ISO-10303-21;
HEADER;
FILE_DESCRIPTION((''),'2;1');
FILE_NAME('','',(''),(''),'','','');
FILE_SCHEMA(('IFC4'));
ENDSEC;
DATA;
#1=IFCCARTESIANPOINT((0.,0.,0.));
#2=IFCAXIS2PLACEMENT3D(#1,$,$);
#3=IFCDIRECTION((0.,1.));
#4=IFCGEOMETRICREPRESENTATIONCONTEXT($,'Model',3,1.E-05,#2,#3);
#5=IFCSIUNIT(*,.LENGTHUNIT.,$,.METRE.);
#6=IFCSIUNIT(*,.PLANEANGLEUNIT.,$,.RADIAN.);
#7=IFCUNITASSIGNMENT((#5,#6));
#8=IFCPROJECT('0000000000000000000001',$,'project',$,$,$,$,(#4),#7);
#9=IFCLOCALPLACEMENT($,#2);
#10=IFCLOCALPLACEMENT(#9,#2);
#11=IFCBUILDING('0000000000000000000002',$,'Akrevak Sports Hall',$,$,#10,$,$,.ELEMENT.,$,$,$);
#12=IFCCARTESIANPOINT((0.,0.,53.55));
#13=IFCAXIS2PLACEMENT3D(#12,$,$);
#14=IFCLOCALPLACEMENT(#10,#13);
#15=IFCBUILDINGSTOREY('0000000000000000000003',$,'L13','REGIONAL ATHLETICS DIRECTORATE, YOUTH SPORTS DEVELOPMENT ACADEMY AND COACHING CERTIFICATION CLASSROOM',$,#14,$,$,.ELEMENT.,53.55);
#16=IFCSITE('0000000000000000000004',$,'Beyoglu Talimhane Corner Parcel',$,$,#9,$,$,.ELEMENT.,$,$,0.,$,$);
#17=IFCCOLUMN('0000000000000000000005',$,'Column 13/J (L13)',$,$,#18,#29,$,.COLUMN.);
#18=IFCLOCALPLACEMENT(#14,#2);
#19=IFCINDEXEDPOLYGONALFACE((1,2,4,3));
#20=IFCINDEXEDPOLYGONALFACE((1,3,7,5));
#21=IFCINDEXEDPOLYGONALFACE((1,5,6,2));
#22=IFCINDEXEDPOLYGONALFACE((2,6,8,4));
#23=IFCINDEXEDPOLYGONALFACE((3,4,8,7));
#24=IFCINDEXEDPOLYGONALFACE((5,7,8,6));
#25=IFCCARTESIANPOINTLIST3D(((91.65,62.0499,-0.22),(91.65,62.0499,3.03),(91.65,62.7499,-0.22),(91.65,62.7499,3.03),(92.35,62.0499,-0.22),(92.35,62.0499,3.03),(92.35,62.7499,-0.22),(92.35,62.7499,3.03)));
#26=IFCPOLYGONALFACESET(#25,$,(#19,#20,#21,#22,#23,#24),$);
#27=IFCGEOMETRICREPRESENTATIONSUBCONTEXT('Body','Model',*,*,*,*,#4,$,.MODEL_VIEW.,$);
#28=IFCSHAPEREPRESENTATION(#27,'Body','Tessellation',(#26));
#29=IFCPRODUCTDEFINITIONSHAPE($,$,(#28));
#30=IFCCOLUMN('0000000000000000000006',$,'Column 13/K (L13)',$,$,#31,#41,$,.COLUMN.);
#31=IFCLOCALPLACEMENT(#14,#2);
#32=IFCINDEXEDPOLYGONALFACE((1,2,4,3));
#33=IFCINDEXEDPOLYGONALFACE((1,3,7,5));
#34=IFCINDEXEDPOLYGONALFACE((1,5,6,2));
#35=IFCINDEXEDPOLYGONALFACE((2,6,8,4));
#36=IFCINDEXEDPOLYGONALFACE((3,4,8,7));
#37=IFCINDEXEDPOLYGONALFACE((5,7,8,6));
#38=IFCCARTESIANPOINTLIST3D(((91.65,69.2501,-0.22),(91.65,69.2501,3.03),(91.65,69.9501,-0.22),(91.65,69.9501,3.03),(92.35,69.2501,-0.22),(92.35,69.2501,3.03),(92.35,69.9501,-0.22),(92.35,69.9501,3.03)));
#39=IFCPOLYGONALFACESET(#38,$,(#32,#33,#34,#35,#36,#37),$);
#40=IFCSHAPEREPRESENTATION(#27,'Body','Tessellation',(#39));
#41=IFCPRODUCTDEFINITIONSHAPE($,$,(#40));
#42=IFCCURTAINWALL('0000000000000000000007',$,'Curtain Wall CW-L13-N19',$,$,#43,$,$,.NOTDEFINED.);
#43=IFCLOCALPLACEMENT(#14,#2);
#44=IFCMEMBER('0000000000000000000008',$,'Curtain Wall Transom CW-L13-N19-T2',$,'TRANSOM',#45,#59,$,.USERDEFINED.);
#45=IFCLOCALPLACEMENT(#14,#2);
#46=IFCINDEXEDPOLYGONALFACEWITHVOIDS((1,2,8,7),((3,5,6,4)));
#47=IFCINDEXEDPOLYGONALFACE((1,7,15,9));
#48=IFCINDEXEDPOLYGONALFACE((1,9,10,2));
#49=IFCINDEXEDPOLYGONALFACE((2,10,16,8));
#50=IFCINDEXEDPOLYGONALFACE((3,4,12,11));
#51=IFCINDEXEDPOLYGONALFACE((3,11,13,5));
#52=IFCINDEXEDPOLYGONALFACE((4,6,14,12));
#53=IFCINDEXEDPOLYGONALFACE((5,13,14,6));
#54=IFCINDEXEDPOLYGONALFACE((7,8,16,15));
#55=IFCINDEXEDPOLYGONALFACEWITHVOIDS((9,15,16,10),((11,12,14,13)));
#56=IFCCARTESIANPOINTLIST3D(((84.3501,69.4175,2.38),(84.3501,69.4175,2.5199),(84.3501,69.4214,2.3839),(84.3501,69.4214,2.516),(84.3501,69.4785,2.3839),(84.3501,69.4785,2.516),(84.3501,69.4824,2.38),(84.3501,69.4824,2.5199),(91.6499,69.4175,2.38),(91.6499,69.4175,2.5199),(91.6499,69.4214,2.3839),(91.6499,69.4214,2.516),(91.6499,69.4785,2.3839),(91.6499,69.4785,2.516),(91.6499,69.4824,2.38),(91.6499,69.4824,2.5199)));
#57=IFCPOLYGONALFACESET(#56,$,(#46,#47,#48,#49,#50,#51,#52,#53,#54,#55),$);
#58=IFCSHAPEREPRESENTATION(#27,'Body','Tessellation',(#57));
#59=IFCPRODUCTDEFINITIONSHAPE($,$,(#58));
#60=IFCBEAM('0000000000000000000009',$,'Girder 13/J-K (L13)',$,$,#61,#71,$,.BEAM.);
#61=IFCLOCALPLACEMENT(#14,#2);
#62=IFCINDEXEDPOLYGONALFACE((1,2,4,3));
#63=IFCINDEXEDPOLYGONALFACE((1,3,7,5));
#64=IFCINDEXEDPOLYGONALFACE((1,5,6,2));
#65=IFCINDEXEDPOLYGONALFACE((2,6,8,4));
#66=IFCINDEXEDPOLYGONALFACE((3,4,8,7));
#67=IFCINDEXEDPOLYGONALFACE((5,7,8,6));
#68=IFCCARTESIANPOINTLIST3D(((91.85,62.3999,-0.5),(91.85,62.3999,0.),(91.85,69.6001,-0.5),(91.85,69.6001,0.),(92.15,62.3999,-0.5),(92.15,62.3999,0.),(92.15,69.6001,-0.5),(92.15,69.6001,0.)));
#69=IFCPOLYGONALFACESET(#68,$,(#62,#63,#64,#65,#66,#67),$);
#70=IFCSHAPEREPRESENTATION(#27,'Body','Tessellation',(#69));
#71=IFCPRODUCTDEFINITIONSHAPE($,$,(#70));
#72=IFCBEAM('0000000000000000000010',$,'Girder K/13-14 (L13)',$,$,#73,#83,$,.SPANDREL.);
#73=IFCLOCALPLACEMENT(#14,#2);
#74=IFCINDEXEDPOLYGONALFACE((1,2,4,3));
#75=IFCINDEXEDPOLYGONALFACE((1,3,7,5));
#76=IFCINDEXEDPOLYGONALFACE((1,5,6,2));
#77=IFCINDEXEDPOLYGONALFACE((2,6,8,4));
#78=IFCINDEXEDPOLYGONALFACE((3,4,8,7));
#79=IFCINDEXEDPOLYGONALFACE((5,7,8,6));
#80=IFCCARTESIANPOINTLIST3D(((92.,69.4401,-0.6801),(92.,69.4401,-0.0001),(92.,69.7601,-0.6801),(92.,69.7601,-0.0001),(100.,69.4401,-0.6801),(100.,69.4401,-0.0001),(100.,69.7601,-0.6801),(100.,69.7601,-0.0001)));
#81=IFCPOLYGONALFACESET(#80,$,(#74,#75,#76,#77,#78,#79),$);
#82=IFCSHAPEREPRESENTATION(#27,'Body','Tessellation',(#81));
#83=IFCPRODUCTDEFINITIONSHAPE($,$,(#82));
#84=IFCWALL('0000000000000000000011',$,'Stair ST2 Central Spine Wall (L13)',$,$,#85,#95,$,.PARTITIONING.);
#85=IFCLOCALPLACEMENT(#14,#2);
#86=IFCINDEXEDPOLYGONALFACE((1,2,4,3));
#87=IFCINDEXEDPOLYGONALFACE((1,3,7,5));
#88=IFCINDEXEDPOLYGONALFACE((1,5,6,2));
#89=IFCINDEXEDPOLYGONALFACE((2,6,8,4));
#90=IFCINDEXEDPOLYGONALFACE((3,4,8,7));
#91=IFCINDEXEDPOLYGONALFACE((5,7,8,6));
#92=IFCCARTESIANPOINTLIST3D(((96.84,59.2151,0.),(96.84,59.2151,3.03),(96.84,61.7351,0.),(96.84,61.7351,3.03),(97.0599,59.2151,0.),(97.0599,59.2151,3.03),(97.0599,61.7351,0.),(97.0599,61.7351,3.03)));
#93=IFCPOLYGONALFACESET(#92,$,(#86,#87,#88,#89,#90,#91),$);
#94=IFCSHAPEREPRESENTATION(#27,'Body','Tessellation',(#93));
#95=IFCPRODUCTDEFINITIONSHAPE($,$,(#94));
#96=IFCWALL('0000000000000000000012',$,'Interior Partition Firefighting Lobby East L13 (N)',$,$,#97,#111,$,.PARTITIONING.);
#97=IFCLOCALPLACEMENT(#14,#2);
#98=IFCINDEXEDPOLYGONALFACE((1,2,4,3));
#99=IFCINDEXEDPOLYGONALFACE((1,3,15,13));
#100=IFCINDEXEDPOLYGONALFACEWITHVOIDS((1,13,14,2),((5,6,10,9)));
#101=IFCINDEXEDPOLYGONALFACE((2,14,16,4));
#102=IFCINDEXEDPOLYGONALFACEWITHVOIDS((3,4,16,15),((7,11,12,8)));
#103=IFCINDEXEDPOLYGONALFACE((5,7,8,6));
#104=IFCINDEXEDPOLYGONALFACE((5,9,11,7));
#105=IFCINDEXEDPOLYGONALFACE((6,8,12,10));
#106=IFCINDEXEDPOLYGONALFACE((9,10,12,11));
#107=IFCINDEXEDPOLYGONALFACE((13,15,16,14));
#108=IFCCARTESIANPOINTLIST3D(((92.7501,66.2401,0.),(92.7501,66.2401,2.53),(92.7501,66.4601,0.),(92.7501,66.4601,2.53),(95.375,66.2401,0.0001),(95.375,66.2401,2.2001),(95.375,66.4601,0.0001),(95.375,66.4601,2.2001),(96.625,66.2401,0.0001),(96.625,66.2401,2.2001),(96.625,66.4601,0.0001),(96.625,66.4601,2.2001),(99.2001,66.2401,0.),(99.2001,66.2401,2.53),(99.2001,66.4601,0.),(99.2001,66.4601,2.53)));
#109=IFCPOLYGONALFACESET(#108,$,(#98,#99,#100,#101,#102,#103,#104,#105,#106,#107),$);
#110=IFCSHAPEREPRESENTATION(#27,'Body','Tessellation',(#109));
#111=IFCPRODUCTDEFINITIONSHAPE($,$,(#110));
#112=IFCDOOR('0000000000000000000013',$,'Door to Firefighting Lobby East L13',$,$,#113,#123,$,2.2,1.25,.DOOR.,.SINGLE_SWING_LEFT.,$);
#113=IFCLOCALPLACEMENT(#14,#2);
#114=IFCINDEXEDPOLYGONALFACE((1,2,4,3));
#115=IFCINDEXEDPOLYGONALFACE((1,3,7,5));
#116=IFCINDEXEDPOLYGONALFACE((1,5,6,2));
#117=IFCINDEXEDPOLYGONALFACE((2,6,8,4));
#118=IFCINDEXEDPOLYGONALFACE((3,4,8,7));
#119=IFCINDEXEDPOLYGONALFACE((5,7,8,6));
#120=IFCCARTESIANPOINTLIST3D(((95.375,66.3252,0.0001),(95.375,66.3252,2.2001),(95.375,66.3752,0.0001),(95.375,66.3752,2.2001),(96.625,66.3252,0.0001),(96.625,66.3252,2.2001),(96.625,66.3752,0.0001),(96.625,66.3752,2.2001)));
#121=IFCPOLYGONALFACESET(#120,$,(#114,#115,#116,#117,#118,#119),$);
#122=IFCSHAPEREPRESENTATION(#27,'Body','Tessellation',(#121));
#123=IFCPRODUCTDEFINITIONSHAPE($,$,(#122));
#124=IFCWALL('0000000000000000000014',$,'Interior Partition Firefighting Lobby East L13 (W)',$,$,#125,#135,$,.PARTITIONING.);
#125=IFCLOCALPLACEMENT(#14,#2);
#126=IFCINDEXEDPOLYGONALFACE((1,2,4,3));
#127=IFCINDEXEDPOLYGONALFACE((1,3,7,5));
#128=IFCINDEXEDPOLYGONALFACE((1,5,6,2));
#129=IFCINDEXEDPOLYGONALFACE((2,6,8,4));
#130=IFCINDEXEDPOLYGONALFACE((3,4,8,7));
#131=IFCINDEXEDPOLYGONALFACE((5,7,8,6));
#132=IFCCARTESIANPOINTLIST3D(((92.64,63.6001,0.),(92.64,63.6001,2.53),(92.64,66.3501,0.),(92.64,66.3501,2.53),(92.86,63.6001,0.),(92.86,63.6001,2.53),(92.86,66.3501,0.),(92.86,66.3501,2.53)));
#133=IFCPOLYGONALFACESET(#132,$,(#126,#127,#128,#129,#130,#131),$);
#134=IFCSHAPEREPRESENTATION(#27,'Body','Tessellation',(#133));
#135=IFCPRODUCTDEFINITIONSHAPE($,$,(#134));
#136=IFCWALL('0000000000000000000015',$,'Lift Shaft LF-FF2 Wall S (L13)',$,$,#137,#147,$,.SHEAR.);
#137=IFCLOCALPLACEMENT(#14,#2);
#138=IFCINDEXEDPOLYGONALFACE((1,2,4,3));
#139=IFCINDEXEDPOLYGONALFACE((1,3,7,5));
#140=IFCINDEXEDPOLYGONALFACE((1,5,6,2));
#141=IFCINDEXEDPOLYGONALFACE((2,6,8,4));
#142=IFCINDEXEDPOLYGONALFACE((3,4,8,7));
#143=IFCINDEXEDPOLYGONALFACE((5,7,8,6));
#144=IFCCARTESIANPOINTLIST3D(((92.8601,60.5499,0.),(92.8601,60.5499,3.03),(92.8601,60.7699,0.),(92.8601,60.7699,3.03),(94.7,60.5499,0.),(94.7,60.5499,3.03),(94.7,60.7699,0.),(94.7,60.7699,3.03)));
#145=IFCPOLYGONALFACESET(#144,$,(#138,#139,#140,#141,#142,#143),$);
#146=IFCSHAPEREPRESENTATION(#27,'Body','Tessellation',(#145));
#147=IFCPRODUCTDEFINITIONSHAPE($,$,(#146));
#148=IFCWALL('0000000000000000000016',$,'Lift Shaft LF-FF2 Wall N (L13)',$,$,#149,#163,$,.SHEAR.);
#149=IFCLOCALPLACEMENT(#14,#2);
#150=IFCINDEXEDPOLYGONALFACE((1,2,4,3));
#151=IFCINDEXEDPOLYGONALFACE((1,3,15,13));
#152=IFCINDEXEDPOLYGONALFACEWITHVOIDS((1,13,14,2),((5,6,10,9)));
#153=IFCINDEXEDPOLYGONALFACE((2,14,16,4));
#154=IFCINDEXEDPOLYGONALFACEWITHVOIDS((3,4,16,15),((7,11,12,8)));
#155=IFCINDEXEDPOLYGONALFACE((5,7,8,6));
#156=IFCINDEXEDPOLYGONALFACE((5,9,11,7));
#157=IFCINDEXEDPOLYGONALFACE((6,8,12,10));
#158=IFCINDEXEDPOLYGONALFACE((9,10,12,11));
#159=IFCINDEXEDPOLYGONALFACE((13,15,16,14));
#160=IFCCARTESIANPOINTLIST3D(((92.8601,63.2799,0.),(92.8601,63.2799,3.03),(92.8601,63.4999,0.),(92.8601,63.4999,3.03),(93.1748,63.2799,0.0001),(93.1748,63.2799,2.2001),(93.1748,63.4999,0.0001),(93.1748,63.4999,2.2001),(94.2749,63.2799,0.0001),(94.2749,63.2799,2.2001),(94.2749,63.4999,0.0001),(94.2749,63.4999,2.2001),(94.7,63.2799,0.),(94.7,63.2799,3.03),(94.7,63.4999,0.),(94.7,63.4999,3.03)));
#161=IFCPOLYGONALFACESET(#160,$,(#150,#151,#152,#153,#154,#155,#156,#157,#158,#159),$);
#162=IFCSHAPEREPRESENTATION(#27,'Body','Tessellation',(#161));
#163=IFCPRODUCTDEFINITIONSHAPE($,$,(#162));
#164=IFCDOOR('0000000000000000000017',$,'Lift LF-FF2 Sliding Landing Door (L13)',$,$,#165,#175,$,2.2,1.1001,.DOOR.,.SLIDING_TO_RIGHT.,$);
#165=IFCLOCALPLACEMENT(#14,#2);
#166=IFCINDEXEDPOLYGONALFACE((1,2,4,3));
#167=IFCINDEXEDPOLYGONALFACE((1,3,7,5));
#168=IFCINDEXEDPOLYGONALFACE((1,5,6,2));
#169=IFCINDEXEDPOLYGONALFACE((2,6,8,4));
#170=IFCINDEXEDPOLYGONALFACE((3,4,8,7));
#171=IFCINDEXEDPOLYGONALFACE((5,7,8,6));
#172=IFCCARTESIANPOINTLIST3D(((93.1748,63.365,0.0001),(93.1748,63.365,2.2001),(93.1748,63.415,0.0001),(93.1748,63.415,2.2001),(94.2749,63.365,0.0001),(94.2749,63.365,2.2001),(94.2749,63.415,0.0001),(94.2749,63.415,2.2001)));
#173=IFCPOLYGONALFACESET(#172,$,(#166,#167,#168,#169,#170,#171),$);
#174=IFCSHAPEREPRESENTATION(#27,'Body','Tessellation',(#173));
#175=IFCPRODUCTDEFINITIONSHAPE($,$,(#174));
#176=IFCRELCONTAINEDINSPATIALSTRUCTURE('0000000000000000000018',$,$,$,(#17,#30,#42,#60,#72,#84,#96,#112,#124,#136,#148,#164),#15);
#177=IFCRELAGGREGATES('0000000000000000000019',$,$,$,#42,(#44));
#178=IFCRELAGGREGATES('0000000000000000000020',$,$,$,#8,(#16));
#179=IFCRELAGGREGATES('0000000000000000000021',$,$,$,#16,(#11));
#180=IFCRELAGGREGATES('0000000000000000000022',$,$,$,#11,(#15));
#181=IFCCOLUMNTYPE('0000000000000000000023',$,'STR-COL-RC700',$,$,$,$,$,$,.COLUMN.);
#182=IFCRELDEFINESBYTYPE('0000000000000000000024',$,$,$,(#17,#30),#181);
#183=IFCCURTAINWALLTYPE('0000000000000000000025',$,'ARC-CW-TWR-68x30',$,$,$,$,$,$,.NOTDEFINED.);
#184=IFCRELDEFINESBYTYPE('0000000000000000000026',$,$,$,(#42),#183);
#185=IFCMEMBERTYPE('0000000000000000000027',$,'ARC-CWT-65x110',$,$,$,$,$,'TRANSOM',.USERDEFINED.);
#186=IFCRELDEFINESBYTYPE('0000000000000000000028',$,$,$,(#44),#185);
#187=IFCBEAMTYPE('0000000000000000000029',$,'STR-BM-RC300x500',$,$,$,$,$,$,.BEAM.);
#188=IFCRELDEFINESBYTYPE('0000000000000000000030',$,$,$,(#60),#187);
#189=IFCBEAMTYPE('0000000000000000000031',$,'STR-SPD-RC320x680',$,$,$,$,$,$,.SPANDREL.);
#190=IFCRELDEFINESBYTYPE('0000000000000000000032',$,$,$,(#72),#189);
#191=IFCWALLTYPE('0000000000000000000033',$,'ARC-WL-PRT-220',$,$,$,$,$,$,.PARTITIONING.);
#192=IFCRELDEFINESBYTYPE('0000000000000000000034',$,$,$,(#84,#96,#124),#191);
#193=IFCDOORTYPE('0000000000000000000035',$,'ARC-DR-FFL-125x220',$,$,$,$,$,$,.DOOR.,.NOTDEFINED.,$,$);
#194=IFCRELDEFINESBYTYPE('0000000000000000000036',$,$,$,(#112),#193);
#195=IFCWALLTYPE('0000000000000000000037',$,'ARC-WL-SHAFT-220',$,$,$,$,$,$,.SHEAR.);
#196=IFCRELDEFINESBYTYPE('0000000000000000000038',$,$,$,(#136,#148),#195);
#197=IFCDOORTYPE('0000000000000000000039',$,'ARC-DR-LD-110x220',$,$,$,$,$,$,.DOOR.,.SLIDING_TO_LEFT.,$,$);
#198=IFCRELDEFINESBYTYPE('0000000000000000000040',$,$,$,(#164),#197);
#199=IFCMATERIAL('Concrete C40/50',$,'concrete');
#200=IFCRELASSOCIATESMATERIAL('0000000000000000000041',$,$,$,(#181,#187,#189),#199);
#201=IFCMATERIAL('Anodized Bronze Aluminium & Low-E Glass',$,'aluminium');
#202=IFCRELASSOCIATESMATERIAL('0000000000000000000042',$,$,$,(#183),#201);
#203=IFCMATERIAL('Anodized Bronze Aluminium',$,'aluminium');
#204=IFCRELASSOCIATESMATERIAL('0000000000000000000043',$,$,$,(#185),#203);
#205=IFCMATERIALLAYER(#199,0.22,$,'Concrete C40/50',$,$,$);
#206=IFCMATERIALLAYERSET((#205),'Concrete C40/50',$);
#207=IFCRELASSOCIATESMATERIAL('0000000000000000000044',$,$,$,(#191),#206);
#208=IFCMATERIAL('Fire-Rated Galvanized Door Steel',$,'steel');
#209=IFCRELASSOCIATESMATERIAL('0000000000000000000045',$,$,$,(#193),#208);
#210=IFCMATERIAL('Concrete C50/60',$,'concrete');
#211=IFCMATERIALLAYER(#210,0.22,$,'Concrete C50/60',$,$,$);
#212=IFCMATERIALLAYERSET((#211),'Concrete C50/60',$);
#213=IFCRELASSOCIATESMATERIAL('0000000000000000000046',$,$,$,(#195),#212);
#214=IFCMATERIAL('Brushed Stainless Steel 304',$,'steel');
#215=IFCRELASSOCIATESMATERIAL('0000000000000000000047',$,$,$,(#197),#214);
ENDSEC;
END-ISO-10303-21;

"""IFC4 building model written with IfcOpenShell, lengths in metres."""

from ifc_helpers import new_model, si_unit, direction, frame, frame_2d, origin, origin_2d, place, context, subcontext, project, spatial, rectangle, hollow_rectangle, extrude, material, layer, layer_set, material_profile, profile_set, type_object, element, fill, aggregate, save


model = new_model("IFC4")

# Units and contexts
model_context = context("Model", 3, precision=1e-05, world=origin(), true_north=direction((0.0, 1.0)))
body_context = subcontext(model_context, "Body", "Model", "MODEL_VIEW")
ifc_project = project(units=[si_unit("LENGTHUNIT", "METRE"), si_unit("PLANEANGLEUNIT", "RADIAN")], contexts=[model_context])

# Site, building, storey
site_placement = place(None, origin())
site = spatial("IfcSite", under=ifc_project, at=site_placement, Name="Beyoglu Talimhane Corner Parcel", CompositionType="ELEMENT", RefElevation=0.0)
building_placement = place(site_placement, origin())
building = spatial("IfcBuilding", under=site, at=building_placement, Name="Akrevak Sports Hall", CompositionType="ELEMENT")
storey_placement = place(building_placement, frame((0.0, 0.0, 53.55)))
storey = spatial("IfcBuildingStorey", under=building, at=storey_placement, Name="L13", Description="REGIONAL ATHLETICS DIRECTORATE, YOUTH SPORTS DEVELOPMENT ACADEMY AND COACHING CERTIFICATION CLASSROOM", CompositionType="ELEMENT", Elevation=53.55)

# Columns
ifc_material_1 = material(Name="Concrete C40/50", Category="concrete")
ifc_material_profile_1 = material_profile(ifc_material_1, rectangle(XDim=0.7, YDim=0.7, at=origin_2d()), Name="RC 700x700", Category="concrete")
ifc_profile_set_1 = profile_set([ifc_material_profile_1], Name="Concrete C40/50")
column_type = type_object("IfcColumnType", Name="STR-COL-RC700", PredefinedType="COLUMN", material=ifc_profile_set_1)
for number, where, z_axis, x_axis, name in (
    (1, (92.0, 62.3999, -0.22), (0.0, 0.0, 1.0), (1.0, 0.0, 0.0), "Column 13/J (L13)"),
    (2, (92.0, 69.6001, -0.22), (0.0, 0.0, 1.0), (1.0, 0.0, 0.0), "Column 13/K (L13)"),
):
    element("IfcColumn", number, at=place(storey_placement, frame(where, z_axis=z_axis, x_axis=x_axis)), inside=storey, type_object=column_type, Name=name, PredefinedType="COLUMN", context=body_context, shape_type="SweptSolid", body=[
        extrude(rectangle(XDim=0.7, YDim=0.7, at=origin_2d()), origin(), (0.0, 0.0, 1.0), 3.25),
    ])

# Curtain wall, member
ifc_material_2 = material(Name="Anodized Bronze Aluminium & Low-E Glass", Category="aluminium")
curtain_wall_type = type_object("IfcCurtainWallType", Name="ARC-CW-TWR-68x30", PredefinedType="NOTDEFINED", material=ifc_material_2)
curtain_wall_placement = place(storey_placement, origin())
curtain_wall = element("IfcCurtainWall", 3, at=curtain_wall_placement, inside=storey, type_object=curtain_wall_type, Name="Curtain Wall CW-L13-N19", PredefinedType="NOTDEFINED")
ifc_material_3 = material(Name="Anodized Bronze Aluminium", Category="aluminium")
ifc_material_profile_2 = material_profile(ifc_material_3, hollow_rectangle(XDim=0.0649, YDim=0.1399, WallThickness=0.0039, at=origin_2d()), Name="CWT 65x140", Category="aluminium")
ifc_profile_set_2 = profile_set([ifc_material_profile_2], Name="Anodized Bronze Aluminium")
member_type = type_object("IfcMemberType", Name="ARC-CWT-65x110", ElementType="TRANSOM", PredefinedType="USERDEFINED", material=ifc_profile_set_2)
member_placement = place(storey_placement, frame((91.6499, 69.45, 2.45), z_axis=(-1.0, 0.0, 0.0), x_axis=(0.0, -1.0, 0.0)))
member = element("IfcMember", 4, at=member_placement, type_object=member_type, Name="Curtain Wall Transom CW-L13-N19-T2", ObjectType="TRANSOM", PredefinedType="USERDEFINED", context=body_context, shape_type="SweptSolid", body=[
    extrude(hollow_rectangle(XDim=0.0649, YDim=0.1399, WallThickness=0.0039, at=origin_2d()), origin(), (0.0, 0.0, 1.0), 7.2998),
])
aggregate(curtain_wall, [member])

# Beams
ifc_material_profile_3 = material_profile(ifc_material_1, rectangle(XDim=0.3, YDim=0.5, at=origin_2d()), Name="BM 300x500", Category="concrete")
ifc_profile_set_3 = profile_set([ifc_material_profile_3], Name="Concrete C40/50")
beam_type_1 = type_object("IfcBeamType", Name="STR-BM-RC300x500", PredefinedType="BEAM", material=ifc_profile_set_3)
beam_1_placement = place(storey_placement, frame((92.0, 62.3999, -0.25), z_axis=(0.0, 1.0, 0.0), x_axis=(-1.0, 0.0, 0.0)))
element("IfcBeam", 5, at=beam_1_placement, inside=storey, type_object=beam_type_1, Name="Girder 13/J-K (L13)", PredefinedType="BEAM", context=body_context, shape_type="SweptSolid", body=[
    extrude(rectangle(XDim=0.3, YDim=0.5, at=origin_2d()), origin(), (0.0, 0.0, 1.0), 7.2002),
])
ifc_material_profile_4 = material_profile(ifc_material_1, rectangle(XDim=0.3201, YDim=0.6799, at=origin_2d()), Name="SPD 320x680", Category="concrete")
ifc_profile_set_4 = profile_set([ifc_material_profile_4], Name="Concrete C40/50")
beam_type_2 = type_object("IfcBeamType", Name="STR-SPD-RC320x680", PredefinedType="SPANDREL", material=ifc_profile_set_4)
beam_2_placement = place(storey_placement, frame((92.0, 69.6001, -0.3401), z_axis=(1.0, 0.0, 0.0), x_axis=(0.0, 1.0, 0.0)))
element("IfcBeam", 6, at=beam_2_placement, inside=storey, type_object=beam_type_2, Name="Girder K/13-14 (L13)", PredefinedType="SPANDREL", context=body_context, shape_type="SweptSolid", body=[
    extrude(rectangle(XDim=0.3201, YDim=0.6799, at=origin_2d()), origin(), (0.0, 0.0, 1.0), 8.0),
])

# Wall
ifc_layer_1 = layer(ifc_material_1, 0.22, Name="Concrete C40/50")
ifc_layer_set_1 = layer_set([ifc_layer_1], Name="Concrete C40/50")
wall_type_1 = type_object("IfcWallType", Name="ARC-WL-PRT-220", PredefinedType="PARTITIONING", material=ifc_layer_set_1)
wall_1_placement = place(storey_placement, frame((96.95, 59.2151, 0.0), z_axis=(0.0, 0.0, 1.0), x_axis=(0.0, 1.0, 0.0)))
element("IfcWall", 7, at=wall_1_placement, inside=storey, type_object=wall_type_1, Name="Stair ST2 Central Spine Wall (L13)", PredefinedType="PARTITIONING", context=body_context, shape_type="SweptSolid", body=[
    extrude(rectangle(XDim=2.52, YDim=0.22, at=frame_2d((1.26, 0.0))), origin(), (0.0, 0.0, 1.0), 3.03),
])

# Wall, opening, door
wall_2_placement = place(storey_placement, frame((92.75, 66.3501, 0.0), z_axis=(0.0, 0.0, 1.0), x_axis=(1.0, 0.0, 0.0)))
wall_2 = element("IfcWall", 8, at=wall_2_placement, inside=storey, type_object=wall_type_1, Name="Interior Partition Firefighting Lobby East L13 (N)", PredefinedType="PARTITIONING", context=body_context, shape_type="SweptSolid", body=[
    extrude(rectangle(XDim=6.45, YDim=0.22, at=frame_2d((3.2251, 0.0))), origin(), (0.0, 0.0, 1.0), 2.53),
])
opening_1_placement = place(wall_2_placement, frame((2.625, 0.0, 0.0)))
opening_1 = element("IfcOpeningElement", 9, at=opening_1_placement, cuts=wall_2, PredefinedType="OPENING", context=body_context, shape_type="SweptSolid", body=[
    extrude(rectangle(XDim=1.25, YDim=2.2, at=frame_2d((0.625, 1.1001))), frame((0.0, 0.1221, 0.0), z_axis=(0.0, -1.0, 0.0), x_axis=(1.0, 0.0, 0.0)), (0.0, 0.0, 1.0), 0.2439),
])
ifc_material_4 = material(Name="Fire-Rated Galvanized Door Steel", Category="steel")
door_type_1 = type_object("IfcDoorType", Name="ARC-DR-FFL-125x220", OperationType="NOTDEFINED", PredefinedType="DOOR", material=ifc_material_4)
door_1_placement = place(opening_1_placement, frame((1.25, 0.0, 0.0), z_axis=(0.0, 0.0, 1.0), x_axis=(-1.0, 0.0, 0.0)))
door_1 = element("IfcDoor", 10, at=door_1_placement, inside=storey, type_object=door_type_1, Name="Door to Firefighting Lobby East L13", OperationType="SINGLE_SWING_LEFT", OverallHeight=2.2, OverallWidth=1.25, PredefinedType="DOOR", context=body_context, shape_type="SweptSolid", body=[
    extrude(rectangle(XDim=1.25, YDim=2.2, at=frame_2d((0.625, 1.1001))), frame((0.0, 0.0249, 0.0), z_axis=(0.0, -1.0, 0.0), x_axis=(1.0, 0.0, 0.0)), (0.0, 0.0, 1.0), 0.05),
])
fill(opening_1, door_1)

# Walls
wall_3_placement = place(storey_placement, frame((92.75, 63.6001, 0.0), z_axis=(0.0, 0.0, 1.0), x_axis=(0.0, 1.0, 0.0)))
element("IfcWall", 11, at=wall_3_placement, inside=storey, type_object=wall_type_1, Name="Interior Partition Firefighting Lobby East L13 (W)", PredefinedType="PARTITIONING", context=body_context, shape_type="SweptSolid", body=[
    extrude(rectangle(XDim=2.75, YDim=0.22, at=frame_2d((1.375, 0.0))), origin(), (0.0, 0.0, 1.0), 2.53),
])
ifc_material_5 = material(Name="Concrete C50/60", Category="concrete")
ifc_layer_2 = layer(ifc_material_5, 0.22, Name="Concrete C50/60")
ifc_layer_set_2 = layer_set([ifc_layer_2], Name="Concrete C50/60")
wall_type_2 = type_object("IfcWallType", Name="ARC-WL-SHAFT-220", PredefinedType="SHEAR", material=ifc_layer_set_2)
wall_4_placement = place(storey_placement, frame((92.8601, 60.6599, 0.0), z_axis=(0.0, 0.0, 1.0), x_axis=(1.0, 0.0, 0.0)))
element("IfcWall", 12, at=wall_4_placement, inside=storey, type_object=wall_type_2, Name="Lift Shaft LF-FF2 Wall S (L13)", PredefinedType="SHEAR", context=body_context, shape_type="SweptSolid", body=[
    extrude(rectangle(XDim=1.8398, YDim=0.22, at=frame_2d((0.9199, 0.0))), origin(), (0.0, 0.0, 1.0), 3.03),
])

# Wall, opening, door
wall_5_placement = place(storey_placement, frame((94.7, 63.3899, 0.0), z_axis=(0.0, 0.0, 1.0), x_axis=(-1.0, 0.0, 0.0)))
wall_5 = element("IfcWall", 13, at=wall_5_placement, inside=storey, type_object=wall_type_2, Name="Lift Shaft LF-FF2 Wall N (L13)", PredefinedType="SHEAR", context=body_context, shape_type="SweptSolid", body=[
    extrude(rectangle(XDim=1.8398, YDim=0.22, at=frame_2d((0.9199, 0.0))), origin(), (0.0, 0.0, 1.0), 3.03),
])
opening_2_placement = place(wall_5_placement, frame((0.425, 0.0, 0.0)))
opening_2 = element("IfcOpeningElement", 14, at=opening_2_placement, cuts=wall_5, PredefinedType="OPENING", context=body_context, shape_type="SweptSolid", body=[
    extrude(rectangle(XDim=1.1001, YDim=2.2, at=frame_2d((0.55, 1.1001))), frame((0.0, 0.1221, 0.0), z_axis=(0.0, -1.0, 0.0), x_axis=(1.0, 0.0, 0.0)), (0.0, 0.0, 1.0), 0.2439),
])
ifc_material_6 = material(Name="Brushed Stainless Steel 304", Category="steel")
door_type_2 = type_object("IfcDoorType", Name="ARC-DR-LD-110x220", OperationType="SLIDING_TO_LEFT", PredefinedType="DOOR", material=ifc_material_6)
door_2_placement = place(opening_2_placement, origin())
door_2 = element("IfcDoor", 15, at=door_2_placement, inside=storey, type_object=door_type_2, Name="Lift LF-FF2 Sliding Landing Door (L13)", OperationType="SLIDING_TO_RIGHT", OverallHeight=2.2, OverallWidth=1.1001, PredefinedType="DOOR", context=body_context, shape_type="SweptSolid", body=[
    extrude(rectangle(XDim=1.1001, YDim=2.2, at=frame_2d((0.55, 1.1001))), frame((0.0, 0.0249, 0.0), z_axis=(0.0, -1.0, 0.0), x_axis=(1.0, 0.0, 0.0)), (0.0, 0.0, 1.0), 0.05),
])
fill(opening_2, door_2)

save(model, "model.ifc")
